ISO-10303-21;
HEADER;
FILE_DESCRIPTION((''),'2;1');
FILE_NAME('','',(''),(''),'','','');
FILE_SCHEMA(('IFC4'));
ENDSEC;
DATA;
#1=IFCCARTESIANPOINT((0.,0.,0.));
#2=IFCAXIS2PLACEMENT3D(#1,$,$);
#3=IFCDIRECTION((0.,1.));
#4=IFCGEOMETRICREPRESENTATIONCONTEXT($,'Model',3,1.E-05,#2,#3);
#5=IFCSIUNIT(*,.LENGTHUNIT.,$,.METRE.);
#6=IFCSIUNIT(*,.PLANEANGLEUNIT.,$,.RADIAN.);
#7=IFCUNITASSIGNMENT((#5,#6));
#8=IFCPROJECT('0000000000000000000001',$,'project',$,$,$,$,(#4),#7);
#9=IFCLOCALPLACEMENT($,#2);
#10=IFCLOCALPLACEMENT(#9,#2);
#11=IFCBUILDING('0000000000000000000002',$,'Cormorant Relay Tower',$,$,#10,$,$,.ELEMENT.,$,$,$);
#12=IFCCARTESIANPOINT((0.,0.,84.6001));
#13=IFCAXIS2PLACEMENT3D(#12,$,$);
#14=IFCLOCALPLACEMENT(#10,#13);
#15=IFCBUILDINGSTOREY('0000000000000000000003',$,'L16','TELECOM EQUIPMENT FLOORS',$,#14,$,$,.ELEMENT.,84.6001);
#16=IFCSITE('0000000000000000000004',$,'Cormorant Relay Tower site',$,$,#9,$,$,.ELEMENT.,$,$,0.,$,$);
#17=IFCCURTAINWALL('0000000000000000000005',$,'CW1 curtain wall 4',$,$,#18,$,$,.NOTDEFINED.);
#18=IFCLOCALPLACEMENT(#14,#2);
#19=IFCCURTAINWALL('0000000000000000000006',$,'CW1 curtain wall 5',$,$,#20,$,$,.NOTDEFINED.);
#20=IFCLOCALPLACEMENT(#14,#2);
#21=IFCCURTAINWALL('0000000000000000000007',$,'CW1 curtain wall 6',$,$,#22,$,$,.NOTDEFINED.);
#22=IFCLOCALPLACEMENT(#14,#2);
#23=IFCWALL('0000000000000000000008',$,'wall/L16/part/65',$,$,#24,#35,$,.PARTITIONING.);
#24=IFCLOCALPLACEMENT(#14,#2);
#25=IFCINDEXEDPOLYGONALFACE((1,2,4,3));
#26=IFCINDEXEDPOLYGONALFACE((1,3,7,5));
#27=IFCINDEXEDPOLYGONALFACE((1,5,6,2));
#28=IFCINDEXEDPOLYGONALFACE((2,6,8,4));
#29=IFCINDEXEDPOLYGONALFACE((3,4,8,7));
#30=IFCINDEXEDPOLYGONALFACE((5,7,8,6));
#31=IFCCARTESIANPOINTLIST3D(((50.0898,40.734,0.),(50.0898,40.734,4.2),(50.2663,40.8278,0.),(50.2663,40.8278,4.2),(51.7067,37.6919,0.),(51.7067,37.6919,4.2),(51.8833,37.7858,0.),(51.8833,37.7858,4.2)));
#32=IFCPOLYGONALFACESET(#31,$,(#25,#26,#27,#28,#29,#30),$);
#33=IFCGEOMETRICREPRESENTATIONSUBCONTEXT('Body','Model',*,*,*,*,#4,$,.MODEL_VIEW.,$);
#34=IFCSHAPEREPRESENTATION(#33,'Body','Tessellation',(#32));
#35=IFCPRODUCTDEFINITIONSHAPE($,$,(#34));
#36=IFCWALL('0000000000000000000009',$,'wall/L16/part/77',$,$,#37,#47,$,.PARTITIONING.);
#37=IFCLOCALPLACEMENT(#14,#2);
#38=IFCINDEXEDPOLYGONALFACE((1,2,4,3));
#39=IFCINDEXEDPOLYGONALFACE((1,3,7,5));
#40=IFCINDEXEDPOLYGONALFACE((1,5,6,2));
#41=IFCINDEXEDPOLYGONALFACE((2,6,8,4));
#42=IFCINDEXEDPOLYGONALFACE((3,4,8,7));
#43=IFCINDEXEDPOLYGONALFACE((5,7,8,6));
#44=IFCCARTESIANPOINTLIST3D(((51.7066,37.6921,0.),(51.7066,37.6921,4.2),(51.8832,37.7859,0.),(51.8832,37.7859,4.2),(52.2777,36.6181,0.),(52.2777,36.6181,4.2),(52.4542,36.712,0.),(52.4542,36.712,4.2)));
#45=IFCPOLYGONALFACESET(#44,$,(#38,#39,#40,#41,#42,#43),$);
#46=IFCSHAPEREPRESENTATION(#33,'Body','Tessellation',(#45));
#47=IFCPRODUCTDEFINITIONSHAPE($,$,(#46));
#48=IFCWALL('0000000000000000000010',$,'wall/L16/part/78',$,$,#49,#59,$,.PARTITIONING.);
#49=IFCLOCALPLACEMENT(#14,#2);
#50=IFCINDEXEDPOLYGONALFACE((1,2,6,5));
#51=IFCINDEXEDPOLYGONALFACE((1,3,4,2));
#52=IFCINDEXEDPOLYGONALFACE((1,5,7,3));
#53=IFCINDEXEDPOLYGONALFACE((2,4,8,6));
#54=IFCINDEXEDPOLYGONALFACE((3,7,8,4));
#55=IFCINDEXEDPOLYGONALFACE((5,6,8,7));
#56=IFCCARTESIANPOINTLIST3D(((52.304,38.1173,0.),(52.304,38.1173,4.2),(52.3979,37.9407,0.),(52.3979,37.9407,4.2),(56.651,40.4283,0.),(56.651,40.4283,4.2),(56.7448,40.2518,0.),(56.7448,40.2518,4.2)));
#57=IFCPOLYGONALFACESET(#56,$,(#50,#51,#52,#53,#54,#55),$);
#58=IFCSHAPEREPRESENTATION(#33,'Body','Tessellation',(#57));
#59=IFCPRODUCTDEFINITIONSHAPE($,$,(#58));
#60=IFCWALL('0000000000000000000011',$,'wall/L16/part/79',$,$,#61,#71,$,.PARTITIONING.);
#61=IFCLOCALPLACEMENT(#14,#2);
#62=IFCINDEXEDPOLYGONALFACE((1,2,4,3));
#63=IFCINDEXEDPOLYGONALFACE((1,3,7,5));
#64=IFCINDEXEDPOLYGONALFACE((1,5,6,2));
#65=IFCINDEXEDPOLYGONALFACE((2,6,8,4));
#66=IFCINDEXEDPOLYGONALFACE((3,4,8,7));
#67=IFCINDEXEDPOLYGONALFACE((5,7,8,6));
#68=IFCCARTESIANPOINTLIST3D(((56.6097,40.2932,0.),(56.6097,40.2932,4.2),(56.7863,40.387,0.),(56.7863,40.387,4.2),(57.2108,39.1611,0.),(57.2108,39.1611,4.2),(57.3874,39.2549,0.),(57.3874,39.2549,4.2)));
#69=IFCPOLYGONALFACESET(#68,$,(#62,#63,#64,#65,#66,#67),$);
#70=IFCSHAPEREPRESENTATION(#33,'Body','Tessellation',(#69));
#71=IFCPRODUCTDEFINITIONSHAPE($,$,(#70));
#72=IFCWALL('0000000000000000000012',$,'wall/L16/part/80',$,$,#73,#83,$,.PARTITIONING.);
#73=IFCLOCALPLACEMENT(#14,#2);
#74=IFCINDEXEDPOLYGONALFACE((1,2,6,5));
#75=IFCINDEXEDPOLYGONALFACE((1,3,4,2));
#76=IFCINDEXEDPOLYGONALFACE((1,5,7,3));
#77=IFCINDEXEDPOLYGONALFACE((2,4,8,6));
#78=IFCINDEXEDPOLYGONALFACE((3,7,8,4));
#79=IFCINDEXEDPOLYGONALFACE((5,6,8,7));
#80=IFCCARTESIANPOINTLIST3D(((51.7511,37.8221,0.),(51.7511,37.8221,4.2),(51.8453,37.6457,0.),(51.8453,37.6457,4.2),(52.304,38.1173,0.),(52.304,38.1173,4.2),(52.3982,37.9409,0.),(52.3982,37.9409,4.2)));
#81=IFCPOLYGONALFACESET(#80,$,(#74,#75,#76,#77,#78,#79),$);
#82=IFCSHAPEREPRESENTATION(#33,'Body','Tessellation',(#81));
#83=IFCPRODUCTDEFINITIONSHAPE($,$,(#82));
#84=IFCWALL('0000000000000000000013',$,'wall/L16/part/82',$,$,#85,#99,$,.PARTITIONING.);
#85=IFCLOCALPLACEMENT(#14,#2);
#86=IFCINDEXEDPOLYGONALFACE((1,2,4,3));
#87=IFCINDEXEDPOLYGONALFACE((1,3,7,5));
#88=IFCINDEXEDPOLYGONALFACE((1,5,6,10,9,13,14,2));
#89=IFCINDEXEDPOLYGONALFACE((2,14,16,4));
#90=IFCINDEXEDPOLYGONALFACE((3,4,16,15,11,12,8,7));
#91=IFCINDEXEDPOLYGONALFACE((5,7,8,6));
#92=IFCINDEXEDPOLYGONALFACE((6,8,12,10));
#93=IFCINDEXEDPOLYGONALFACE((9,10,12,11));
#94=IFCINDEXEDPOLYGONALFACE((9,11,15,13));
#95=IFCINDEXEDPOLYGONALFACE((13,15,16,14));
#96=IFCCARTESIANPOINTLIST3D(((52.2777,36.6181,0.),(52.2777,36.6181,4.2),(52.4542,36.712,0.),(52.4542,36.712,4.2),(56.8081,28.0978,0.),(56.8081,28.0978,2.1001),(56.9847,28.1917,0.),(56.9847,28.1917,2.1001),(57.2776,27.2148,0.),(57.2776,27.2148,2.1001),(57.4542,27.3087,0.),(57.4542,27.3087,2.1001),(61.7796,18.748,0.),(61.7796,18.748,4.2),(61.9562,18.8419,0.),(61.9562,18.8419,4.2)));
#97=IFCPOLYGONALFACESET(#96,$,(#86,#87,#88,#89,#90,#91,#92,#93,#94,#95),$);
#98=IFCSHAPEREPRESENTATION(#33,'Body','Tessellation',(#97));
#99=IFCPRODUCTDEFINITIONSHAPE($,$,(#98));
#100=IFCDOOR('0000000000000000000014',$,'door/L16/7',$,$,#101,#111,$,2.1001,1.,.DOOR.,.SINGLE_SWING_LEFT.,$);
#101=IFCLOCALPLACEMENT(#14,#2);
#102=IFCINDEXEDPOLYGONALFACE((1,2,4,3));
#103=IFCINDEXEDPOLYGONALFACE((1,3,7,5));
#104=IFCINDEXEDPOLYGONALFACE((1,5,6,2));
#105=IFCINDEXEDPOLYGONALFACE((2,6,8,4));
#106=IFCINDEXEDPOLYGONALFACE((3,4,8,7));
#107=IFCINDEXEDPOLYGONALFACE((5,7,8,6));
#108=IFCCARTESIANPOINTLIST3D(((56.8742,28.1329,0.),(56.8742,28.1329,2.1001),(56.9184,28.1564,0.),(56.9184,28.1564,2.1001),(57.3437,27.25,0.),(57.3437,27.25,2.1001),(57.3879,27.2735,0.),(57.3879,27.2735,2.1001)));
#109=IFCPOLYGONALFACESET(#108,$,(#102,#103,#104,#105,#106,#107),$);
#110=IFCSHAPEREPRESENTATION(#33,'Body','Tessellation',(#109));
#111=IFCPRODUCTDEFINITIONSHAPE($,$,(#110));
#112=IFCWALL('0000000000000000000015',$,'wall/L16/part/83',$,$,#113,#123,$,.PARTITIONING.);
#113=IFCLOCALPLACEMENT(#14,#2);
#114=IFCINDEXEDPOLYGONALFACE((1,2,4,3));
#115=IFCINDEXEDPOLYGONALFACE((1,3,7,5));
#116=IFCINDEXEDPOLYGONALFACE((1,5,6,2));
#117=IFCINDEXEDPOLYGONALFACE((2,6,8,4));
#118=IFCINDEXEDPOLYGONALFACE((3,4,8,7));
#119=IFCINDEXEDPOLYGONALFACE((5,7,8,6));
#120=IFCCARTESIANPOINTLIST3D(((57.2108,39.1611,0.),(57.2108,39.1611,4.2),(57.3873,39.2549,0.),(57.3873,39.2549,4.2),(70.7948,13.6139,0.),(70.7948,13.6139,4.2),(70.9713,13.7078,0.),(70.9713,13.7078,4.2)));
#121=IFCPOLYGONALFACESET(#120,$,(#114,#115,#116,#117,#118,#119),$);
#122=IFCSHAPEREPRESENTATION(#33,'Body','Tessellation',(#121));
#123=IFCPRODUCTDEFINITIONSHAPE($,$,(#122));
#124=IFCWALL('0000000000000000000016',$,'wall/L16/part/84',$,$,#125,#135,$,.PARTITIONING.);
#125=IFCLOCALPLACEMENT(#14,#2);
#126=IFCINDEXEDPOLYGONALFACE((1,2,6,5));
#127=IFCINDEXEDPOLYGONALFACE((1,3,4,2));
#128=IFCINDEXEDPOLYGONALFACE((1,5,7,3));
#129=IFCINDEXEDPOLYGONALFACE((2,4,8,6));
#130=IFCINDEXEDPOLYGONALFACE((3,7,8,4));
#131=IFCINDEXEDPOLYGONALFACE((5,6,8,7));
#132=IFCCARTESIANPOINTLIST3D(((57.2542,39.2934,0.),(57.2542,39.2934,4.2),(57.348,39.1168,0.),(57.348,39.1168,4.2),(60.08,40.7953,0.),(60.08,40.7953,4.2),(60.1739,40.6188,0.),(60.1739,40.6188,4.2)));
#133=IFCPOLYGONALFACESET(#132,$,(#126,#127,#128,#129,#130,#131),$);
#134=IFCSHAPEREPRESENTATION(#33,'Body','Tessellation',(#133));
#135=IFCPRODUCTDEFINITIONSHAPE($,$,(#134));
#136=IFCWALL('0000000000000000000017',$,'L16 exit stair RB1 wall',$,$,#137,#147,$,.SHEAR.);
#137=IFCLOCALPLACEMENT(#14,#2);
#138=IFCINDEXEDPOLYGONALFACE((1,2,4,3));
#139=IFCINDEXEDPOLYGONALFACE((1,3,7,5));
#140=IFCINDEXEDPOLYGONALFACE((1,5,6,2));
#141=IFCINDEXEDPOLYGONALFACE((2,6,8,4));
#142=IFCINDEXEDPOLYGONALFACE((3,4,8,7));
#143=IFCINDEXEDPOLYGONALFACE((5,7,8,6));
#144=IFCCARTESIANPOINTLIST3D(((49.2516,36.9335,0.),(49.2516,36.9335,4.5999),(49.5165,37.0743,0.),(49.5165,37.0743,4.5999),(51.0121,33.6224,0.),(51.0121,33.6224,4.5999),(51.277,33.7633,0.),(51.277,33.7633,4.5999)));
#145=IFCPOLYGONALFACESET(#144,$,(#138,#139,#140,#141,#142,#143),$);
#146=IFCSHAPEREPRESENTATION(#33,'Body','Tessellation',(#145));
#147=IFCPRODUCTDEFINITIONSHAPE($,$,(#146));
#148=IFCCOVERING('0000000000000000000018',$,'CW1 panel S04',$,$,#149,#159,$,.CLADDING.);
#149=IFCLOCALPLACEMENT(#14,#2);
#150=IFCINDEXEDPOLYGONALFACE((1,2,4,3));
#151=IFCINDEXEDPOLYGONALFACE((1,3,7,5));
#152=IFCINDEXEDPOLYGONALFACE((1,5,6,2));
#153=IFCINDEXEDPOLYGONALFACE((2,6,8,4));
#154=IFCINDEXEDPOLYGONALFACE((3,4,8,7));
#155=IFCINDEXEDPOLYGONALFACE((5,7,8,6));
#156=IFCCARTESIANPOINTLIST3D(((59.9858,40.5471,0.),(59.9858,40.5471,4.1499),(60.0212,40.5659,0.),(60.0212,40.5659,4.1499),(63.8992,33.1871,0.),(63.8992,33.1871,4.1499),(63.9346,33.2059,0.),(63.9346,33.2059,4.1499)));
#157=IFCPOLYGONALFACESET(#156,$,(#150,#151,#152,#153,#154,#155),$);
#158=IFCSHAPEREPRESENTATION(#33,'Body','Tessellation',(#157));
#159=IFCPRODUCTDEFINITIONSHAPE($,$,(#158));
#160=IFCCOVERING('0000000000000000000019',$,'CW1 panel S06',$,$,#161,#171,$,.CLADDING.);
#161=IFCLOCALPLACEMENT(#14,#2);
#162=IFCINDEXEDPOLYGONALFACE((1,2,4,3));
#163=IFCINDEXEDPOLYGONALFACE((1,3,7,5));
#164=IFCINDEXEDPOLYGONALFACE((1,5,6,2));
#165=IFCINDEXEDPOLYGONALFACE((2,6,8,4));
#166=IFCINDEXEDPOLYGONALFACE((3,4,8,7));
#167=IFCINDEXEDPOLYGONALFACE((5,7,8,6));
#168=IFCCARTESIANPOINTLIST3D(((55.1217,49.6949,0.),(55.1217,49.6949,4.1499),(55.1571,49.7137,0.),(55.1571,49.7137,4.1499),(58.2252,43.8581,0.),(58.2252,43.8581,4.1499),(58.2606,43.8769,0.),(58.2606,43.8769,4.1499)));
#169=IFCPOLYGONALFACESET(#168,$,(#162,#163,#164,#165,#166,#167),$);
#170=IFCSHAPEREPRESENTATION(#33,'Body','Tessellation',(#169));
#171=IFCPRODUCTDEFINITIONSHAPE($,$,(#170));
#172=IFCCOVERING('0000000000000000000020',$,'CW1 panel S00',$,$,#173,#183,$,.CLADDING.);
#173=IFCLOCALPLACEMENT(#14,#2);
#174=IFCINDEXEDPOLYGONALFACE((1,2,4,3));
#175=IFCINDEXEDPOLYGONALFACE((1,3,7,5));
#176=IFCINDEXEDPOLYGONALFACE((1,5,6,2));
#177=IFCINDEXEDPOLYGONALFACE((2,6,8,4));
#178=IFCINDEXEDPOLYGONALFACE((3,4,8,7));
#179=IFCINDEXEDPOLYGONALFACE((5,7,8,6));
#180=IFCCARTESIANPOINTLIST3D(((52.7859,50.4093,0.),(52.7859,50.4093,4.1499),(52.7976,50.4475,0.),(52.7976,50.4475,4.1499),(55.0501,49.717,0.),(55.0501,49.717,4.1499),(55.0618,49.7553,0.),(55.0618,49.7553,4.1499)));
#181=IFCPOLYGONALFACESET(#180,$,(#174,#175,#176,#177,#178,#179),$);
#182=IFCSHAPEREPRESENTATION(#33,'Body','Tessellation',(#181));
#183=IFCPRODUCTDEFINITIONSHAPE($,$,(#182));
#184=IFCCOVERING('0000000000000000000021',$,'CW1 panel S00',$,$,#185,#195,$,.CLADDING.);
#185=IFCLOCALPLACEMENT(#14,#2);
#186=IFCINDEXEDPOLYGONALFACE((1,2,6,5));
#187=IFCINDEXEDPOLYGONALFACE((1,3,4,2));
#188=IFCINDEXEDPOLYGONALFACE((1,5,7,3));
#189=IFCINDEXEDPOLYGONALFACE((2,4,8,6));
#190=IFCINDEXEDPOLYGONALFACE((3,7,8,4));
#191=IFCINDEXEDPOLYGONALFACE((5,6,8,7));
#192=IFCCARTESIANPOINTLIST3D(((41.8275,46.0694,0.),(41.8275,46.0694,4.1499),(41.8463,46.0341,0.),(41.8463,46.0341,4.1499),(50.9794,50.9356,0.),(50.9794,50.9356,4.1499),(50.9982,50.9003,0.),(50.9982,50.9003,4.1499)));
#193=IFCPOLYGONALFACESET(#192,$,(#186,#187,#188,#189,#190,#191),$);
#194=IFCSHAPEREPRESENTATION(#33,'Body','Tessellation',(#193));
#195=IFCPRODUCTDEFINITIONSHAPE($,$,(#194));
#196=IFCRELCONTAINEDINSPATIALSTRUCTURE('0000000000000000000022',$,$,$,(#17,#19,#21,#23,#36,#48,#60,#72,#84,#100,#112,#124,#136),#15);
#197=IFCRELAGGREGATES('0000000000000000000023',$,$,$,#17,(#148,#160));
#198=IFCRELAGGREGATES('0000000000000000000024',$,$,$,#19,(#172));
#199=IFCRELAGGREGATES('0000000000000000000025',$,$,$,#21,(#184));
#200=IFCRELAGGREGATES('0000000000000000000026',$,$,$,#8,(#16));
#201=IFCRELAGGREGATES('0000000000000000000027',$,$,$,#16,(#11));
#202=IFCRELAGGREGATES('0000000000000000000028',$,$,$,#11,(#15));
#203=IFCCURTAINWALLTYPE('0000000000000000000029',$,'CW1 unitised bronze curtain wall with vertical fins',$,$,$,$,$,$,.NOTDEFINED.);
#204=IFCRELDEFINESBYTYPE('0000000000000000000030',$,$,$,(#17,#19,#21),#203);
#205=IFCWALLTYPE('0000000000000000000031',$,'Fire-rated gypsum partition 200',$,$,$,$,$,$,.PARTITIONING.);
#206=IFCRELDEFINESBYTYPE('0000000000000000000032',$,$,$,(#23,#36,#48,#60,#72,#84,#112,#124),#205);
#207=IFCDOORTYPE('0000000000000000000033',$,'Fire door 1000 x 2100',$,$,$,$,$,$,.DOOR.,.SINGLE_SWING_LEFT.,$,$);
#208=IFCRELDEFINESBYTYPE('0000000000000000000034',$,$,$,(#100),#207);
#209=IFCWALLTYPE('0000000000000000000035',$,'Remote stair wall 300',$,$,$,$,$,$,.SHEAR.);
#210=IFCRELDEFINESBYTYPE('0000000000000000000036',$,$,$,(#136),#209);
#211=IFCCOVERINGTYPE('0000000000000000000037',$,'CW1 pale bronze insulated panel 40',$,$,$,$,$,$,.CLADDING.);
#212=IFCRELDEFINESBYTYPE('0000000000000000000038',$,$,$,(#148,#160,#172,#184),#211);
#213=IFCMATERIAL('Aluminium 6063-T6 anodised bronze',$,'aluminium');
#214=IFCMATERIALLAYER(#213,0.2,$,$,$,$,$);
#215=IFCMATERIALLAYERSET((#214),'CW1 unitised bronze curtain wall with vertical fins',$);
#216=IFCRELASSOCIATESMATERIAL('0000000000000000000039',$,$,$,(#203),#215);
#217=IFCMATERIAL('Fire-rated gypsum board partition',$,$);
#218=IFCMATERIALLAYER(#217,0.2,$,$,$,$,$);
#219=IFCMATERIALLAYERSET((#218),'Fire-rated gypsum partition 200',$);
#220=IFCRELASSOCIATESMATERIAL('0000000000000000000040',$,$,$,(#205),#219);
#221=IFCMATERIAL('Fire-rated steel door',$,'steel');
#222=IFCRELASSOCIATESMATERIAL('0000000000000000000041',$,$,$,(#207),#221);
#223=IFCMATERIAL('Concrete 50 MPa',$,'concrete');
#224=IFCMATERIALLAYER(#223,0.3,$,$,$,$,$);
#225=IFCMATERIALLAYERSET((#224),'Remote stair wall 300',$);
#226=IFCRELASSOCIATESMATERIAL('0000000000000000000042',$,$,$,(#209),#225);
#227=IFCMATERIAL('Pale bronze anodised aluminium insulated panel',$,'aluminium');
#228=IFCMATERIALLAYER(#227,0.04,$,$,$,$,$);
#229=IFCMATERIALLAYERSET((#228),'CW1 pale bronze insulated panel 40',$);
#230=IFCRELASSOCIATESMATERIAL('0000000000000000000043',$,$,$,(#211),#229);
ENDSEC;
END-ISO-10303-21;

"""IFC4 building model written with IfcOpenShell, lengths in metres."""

from ifc_helpers import new_model, si_unit, direction, frame, frame_2d, origin, origin_2d, place, context, subcontext, project, spatial, rectangle, extrude, material, layer, layer_set, type_object, element, fill, aggregate, save


model = new_model("IFC4")

# Units and contexts
model_context = context("Model", 3, precision=1e-05, world=origin(), true_north=direction((0.0, 1.0)))
body_context = subcontext(model_context, "Body", "Model", "MODEL_VIEW")
ifc_project = project(units=[si_unit("LENGTHUNIT", "METRE"), si_unit("PLANEANGLEUNIT", "RADIAN")], contexts=[model_context])

# Site, building, storey
site_placement = place(None, origin())
site = spatial("IfcSite", under=ifc_project, at=site_placement, Name="Cormorant Relay Tower site", CompositionType="ELEMENT", RefElevation=0.0)
building_placement = place(site_placement, origin())
building = spatial("IfcBuilding", under=site, at=building_placement, Name="Cormorant Relay Tower", CompositionType="ELEMENT")
storey_placement = place(building_placement, frame((0.0, 0.0, 84.6001)))
storey = spatial("IfcBuildingStorey", under=building, at=storey_placement, Name="L16", Description="TELECOM EQUIPMENT FLOORS", CompositionType="ELEMENT", Elevation=84.6001)

# Curtain wall
ifc_material_1 = material(Name="Aluminium 6063-T6 anodised bronze", Category="aluminium")
ifc_layer_1 = layer(ifc_material_1, 0.2)
ifc_layer_set_1 = layer_set([ifc_layer_1], Name="CW1 unitised bronze curtain wall with vertical fins")
curtain_wall_type = type_object("IfcCurtainWallType", Name="CW1 unitised bronze curtain wall with vertical fins", PredefinedType="NOTDEFINED", material=ifc_layer_set_1)
curtain_wall_1_placement = place(storey_placement, origin())
curtain_wall_1 = element("IfcCurtainWall", 1, at=curtain_wall_1_placement, inside=storey, type_object=curtain_wall_type, Name="CW1 curtain wall 4", PredefinedType="NOTDEFINED")

# Curtain wall
curtain_wall_2_placement = place(storey_placement, origin())
curtain_wall_2 = element("IfcCurtainWall", 2, at=curtain_wall_2_placement, inside=storey, type_object=curtain_wall_type, Name="CW1 curtain wall 5", PredefinedType="NOTDEFINED")

# Curtain wall
curtain_wall_3_placement = place(storey_placement, origin())
curtain_wall_3 = element("IfcCurtainWall", 3, at=curtain_wall_3_placement, inside=storey, type_object=curtain_wall_type, Name="CW1 curtain wall 6", PredefinedType="NOTDEFINED")

# Walls
ifc_material_2 = material(Name="Fire-rated gypsum board partition")
ifc_layer_2 = layer(ifc_material_2, 0.2)
ifc_layer_set_2 = layer_set([ifc_layer_2], Name="Fire-rated gypsum partition 200")
wall_type_1 = type_object("IfcWallType", Name="Fire-rated gypsum partition 200", PredefinedType="PARTITIONING", material=ifc_layer_set_2)
wall_1_placement = place(storey_placement, frame((50.178, 40.781, 0.0), z_axis=(0.0, 0.0, 1.0), x_axis=(0.469356, -0.883009, 0.0)))
element("IfcWall", 4, at=wall_1_placement, inside=storey, type_object=wall_type_1, Name="wall/L16/part/65", PredefinedType="PARTITIONING", context=body_context, shape_type="SweptSolid", body=[
    extrude(rectangle(XDim=3.4451, YDim=0.2, at=frame_2d((1.7227, 0.0))), origin(), (0.0, 0.0, 1.0), 4.2),
])
wall_2_placement = place(storey_placement, frame((51.7949, 37.739, 0.0), z_axis=(0.0, 0.0, 1.0), x_axis=(0.469473, -0.882947, 0.0)))
element("IfcWall", 5, at=wall_2_placement, inside=storey, type_object=wall_type_1, Name="wall/L16/part/77", PredefinedType="PARTITIONING", context=body_context, shape_type="SweptSolid", body=[
    extrude(rectangle(XDim=1.2163, YDim=0.2, at=frame_2d((0.6082, 0.0))), origin(), (0.0, 0.0, 1.0), 4.2),
])
wall_3_placement = place(storey_placement, frame((52.3511, 38.0291, 0.0), z_axis=(0.0, 0.0, 1.0), x_axis=(0.88297, 0.46943, 0.0)))
element("IfcWall", 6, at=wall_3_placement, inside=storey, type_object=wall_type_1, Name="wall/L16/part/78", PredefinedType="PARTITIONING", context=body_context, shape_type="SweptSolid", body=[
    extrude(rectangle(XDim=4.9231, YDim=0.2, at=frame_2d((2.4614, 0.0))), origin(), (0.0, 0.0, 1.0), 4.2),
])
wall_4_placement = place(storey_placement, frame((56.698, 40.3401, 0.0), z_axis=(0.0, 0.0, 1.0), x_axis=(0.468946, -0.883227, 0.0)))
element("IfcWall", 7, at=wall_4_placement, inside=storey, type_object=wall_type_1, Name="wall/L16/part/79", PredefinedType="PARTITIONING", context=body_context, shape_type="SweptSolid", body=[
    extrude(rectangle(XDim=1.2817, YDim=0.2, at=frame_2d((0.6409, 0.0))), origin(), (0.0, 0.0, 1.0), 4.2),
])
wall_5_placement = place(storey_placement, frame((51.7981, 37.7339, 0.0), z_axis=(0.0, 0.0, 1.0), x_axis=(0.882191, 0.470891, 0.0)))
element("IfcWall", 8, at=wall_5_placement, inside=storey, type_object=wall_type_1, Name="wall/L16/part/80", PredefinedType="PARTITIONING", context=body_context, shape_type="SweptSolid", body=[
    extrude(rectangle(XDim=0.6267, YDim=0.2, at=frame_2d((0.3135, 0.0))), origin(), (0.0, 0.0, 1.0), 4.2),
])

# Wall, opening, door
wall_6_placement = place(storey_placement, frame((52.366, 36.665, 0.0), z_axis=(0.0, 0.0, 1.0), x_axis=(0.469481, -0.882943, 0.0)))
wall_6 = element("IfcWall", 9, at=wall_6_placement, inside=storey, type_object=wall_type_1, Name="wall/L16/part/82", PredefinedType="PARTITIONING", context=body_context, shape_type="SweptSolid", body=[
    extrude(rectangle(XDim=20.2393, YDim=0.2, at=frame_2d((10.1196, 0.0))), origin(), (0.0, 0.0, 1.0), 4.2),
])
opening_placement = place(wall_6_placement, frame((9.6499, 0.0, 0.0)))
opening = element("IfcOpeningElement", 10, at=opening_placement, cuts=wall_6, PredefinedType="OPENING", context=body_context, shape_type="SweptSolid", body=[
    extrude(rectangle(XDim=1.0, YDim=2.1001, at=frame_2d((0.5, 1.05))), frame((0.0, 0.1099, 0.0), z_axis=(0.0, -1.0, 0.0), x_axis=(1.0, 0.0, 0.0)), (0.0, 0.0, 1.0), 0.22),
])
ifc_material_3 = material(Name="Fire-rated steel door", Category="steel")
door_type = type_object("IfcDoorType", Name="Fire door 1000 x 2100", OperationType="SINGLE_SWING_LEFT", PredefinedType="DOOR", material=ifc_material_3)
door_placement = place(opening_placement, origin())
door = element("IfcDoor", 11, at=door_placement, inside=storey, type_object=door_type, Name="door/L16/7", OperationType="SINGLE_SWING_LEFT", OverallHeight=2.1001, OverallWidth=1.0, PredefinedType="DOOR", context=body_context, shape_type="SweptSolid", body=[
    extrude(rectangle(XDim=1.0, YDim=2.1001, at=frame_2d((0.5, 1.05))), frame((0.0, 0.0249, 0.0), z_axis=(0.0, -1.0, 0.0), x_axis=(1.0, 0.0, 0.0)), (0.0, 0.0, 1.0), 0.05),
])
fill(opening, door)

# Walls
wall_7_placement = place(storey_placement, frame((57.2991, 39.208, 0.0), z_axis=(0.0, 0.0, 1.0), x_axis=(0.469481, -0.882943, 0.0)))
element("IfcWall", 12, at=wall_7_placement, inside=storey, type_object=wall_type_1, Name="wall/L16/part/83", PredefinedType="PARTITIONING", context=body_context, shape_type="SweptSolid", body=[
    extrude(rectangle(XDim=28.9341, YDim=0.2, at=frame_2d((14.467, 0.0))), origin(), (0.0, 0.0, 1.0), 4.2),
])
wall_8_placement = place(storey_placement, frame((60.127, 40.707, 0.0), z_axis=(0.0, 0.0, 1.0), x_axis=(-0.883028, -0.469321, 0.0)))
element("IfcWall", 13, at=wall_8_placement, inside=storey, type_object=wall_type_1, Name="wall/L16/part/84", PredefinedType="PARTITIONING", context=body_context, shape_type="SweptSolid", body=[
    extrude(rectangle(XDim=3.2002, YDim=0.2, at=frame_2d((1.6001, 0.0))), origin(), (0.0, 0.0, 1.0), 4.2),
])
ifc_material_4 = material(Name="Concrete 50 MPa", Category="concrete")
ifc_layer_3 = layer(ifc_material_4, 0.3)
ifc_layer_set_3 = layer_set([ifc_layer_3], Name="Remote stair wall 300")
wall_type_2 = type_object("IfcWallType", Name="Remote stair wall 300", PredefinedType="SHEAR", material=ifc_layer_set_3)
wall_9_placement = place(storey_placement, frame((49.384, 37.0039, 0.0), z_axis=(0.0, 0.0, 1.0), x_axis=(0.469469, -0.882949, 0.0)))
element("IfcWall", 14, at=wall_9_placement, inside=storey, type_object=wall_type_2, Name="L16 exit stair RB1 wall", PredefinedType="SHEAR", context=body_context, shape_type="SweptSolid", body=[
    extrude(rectangle(XDim=3.75, YDim=0.3, at=frame_2d((1.875, 0.0))), origin(), (0.0, 0.0, 1.0), 4.5999),
])

# Coverings
ifc_material_5 = material(Name="Pale bronze anodised aluminium insulated panel", Category="aluminium")
ifc_layer_4 = layer(ifc_material_5, 0.04)
ifc_layer_set_4 = layer_set([ifc_layer_4], Name="CW1 pale bronze insulated panel 40")
covering_type = type_object("IfcCoveringType", Name="CW1 pale bronze insulated panel 40", PredefinedType="CLADDING", material=ifc_layer_set_4)
covering_1_placement = place(storey_placement, frame((61.9602, 36.8765, 0.0), z_axis=(0.0, 0.0, 1.0), x_axis=(-0.469472, 0.882948, 0.0)))
covering_1 = element("IfcCovering", 15, at=covering_1_placement, type_object=covering_type, Name="CW1 panel S04", PredefinedType="CLADDING", context=body_context, shape_type="SweptSolid", body=[
    extrude(rectangle(XDim=8.3357, YDim=0.04, at=origin_2d()), origin(), (0.0, 0.0, 1.0), 4.1499),
])
covering_2_placement = place(storey_placement, frame((56.6912, 46.7859, 0.0), z_axis=(0.0, 0.0, 1.0), x_axis=(-0.469472, 0.882948, 0.0)))
covering_2 = element("IfcCovering", 16, at=covering_2_placement, type_object=covering_type, Name="CW1 panel S06", PredefinedType="CLADDING", context=body_context, shape_type="SweptSolid", body=[
    extrude(rectangle(XDim=6.6106, YDim=0.04, at=origin_2d()), origin(), (0.0, 0.0, 1.0), 4.1499),
])
aggregate(curtain_wall_1, [covering_1, covering_2])
covering_3_placement = place(storey_placement, frame((53.9238, 50.0823, 0.0), z_axis=(0.0, 0.0, 1.0), x_axis=(-0.956305, 0.292372, 0.0)))
covering_3 = element("IfcCovering", 17, at=covering_3_placement, type_object=covering_type, Name="CW1 panel S00", PredefinedType="CLADDING", context=body_context, shape_type="SweptSolid", body=[
    extrude(rectangle(XDim=2.3677, YDim=0.04, at=origin_2d()), origin(), (0.0, 0.0, 1.0), 4.1499),
])
aggregate(curtain_wall_2, [covering_3])
covering_4_placement = place(storey_placement, frame((46.4128, 48.4849, 0.0), z_axis=(0.0, 0.0, 1.0), x_axis=(-0.882948, -0.469472, 0.0)))
covering_4 = element("IfcCovering", 18, at=covering_4_placement, type_object=covering_type, Name="CW1 panel S00", PredefinedType="CLADDING", context=body_context, shape_type="SweptSolid", body=[
    extrude(rectangle(XDim=10.3652, YDim=0.04, at=origin_2d()), origin(), (0.0, 0.0, 1.0), 4.1499),
])
aggregate(curtain_wall_3, [covering_4])

save(model, "model.ifc")
